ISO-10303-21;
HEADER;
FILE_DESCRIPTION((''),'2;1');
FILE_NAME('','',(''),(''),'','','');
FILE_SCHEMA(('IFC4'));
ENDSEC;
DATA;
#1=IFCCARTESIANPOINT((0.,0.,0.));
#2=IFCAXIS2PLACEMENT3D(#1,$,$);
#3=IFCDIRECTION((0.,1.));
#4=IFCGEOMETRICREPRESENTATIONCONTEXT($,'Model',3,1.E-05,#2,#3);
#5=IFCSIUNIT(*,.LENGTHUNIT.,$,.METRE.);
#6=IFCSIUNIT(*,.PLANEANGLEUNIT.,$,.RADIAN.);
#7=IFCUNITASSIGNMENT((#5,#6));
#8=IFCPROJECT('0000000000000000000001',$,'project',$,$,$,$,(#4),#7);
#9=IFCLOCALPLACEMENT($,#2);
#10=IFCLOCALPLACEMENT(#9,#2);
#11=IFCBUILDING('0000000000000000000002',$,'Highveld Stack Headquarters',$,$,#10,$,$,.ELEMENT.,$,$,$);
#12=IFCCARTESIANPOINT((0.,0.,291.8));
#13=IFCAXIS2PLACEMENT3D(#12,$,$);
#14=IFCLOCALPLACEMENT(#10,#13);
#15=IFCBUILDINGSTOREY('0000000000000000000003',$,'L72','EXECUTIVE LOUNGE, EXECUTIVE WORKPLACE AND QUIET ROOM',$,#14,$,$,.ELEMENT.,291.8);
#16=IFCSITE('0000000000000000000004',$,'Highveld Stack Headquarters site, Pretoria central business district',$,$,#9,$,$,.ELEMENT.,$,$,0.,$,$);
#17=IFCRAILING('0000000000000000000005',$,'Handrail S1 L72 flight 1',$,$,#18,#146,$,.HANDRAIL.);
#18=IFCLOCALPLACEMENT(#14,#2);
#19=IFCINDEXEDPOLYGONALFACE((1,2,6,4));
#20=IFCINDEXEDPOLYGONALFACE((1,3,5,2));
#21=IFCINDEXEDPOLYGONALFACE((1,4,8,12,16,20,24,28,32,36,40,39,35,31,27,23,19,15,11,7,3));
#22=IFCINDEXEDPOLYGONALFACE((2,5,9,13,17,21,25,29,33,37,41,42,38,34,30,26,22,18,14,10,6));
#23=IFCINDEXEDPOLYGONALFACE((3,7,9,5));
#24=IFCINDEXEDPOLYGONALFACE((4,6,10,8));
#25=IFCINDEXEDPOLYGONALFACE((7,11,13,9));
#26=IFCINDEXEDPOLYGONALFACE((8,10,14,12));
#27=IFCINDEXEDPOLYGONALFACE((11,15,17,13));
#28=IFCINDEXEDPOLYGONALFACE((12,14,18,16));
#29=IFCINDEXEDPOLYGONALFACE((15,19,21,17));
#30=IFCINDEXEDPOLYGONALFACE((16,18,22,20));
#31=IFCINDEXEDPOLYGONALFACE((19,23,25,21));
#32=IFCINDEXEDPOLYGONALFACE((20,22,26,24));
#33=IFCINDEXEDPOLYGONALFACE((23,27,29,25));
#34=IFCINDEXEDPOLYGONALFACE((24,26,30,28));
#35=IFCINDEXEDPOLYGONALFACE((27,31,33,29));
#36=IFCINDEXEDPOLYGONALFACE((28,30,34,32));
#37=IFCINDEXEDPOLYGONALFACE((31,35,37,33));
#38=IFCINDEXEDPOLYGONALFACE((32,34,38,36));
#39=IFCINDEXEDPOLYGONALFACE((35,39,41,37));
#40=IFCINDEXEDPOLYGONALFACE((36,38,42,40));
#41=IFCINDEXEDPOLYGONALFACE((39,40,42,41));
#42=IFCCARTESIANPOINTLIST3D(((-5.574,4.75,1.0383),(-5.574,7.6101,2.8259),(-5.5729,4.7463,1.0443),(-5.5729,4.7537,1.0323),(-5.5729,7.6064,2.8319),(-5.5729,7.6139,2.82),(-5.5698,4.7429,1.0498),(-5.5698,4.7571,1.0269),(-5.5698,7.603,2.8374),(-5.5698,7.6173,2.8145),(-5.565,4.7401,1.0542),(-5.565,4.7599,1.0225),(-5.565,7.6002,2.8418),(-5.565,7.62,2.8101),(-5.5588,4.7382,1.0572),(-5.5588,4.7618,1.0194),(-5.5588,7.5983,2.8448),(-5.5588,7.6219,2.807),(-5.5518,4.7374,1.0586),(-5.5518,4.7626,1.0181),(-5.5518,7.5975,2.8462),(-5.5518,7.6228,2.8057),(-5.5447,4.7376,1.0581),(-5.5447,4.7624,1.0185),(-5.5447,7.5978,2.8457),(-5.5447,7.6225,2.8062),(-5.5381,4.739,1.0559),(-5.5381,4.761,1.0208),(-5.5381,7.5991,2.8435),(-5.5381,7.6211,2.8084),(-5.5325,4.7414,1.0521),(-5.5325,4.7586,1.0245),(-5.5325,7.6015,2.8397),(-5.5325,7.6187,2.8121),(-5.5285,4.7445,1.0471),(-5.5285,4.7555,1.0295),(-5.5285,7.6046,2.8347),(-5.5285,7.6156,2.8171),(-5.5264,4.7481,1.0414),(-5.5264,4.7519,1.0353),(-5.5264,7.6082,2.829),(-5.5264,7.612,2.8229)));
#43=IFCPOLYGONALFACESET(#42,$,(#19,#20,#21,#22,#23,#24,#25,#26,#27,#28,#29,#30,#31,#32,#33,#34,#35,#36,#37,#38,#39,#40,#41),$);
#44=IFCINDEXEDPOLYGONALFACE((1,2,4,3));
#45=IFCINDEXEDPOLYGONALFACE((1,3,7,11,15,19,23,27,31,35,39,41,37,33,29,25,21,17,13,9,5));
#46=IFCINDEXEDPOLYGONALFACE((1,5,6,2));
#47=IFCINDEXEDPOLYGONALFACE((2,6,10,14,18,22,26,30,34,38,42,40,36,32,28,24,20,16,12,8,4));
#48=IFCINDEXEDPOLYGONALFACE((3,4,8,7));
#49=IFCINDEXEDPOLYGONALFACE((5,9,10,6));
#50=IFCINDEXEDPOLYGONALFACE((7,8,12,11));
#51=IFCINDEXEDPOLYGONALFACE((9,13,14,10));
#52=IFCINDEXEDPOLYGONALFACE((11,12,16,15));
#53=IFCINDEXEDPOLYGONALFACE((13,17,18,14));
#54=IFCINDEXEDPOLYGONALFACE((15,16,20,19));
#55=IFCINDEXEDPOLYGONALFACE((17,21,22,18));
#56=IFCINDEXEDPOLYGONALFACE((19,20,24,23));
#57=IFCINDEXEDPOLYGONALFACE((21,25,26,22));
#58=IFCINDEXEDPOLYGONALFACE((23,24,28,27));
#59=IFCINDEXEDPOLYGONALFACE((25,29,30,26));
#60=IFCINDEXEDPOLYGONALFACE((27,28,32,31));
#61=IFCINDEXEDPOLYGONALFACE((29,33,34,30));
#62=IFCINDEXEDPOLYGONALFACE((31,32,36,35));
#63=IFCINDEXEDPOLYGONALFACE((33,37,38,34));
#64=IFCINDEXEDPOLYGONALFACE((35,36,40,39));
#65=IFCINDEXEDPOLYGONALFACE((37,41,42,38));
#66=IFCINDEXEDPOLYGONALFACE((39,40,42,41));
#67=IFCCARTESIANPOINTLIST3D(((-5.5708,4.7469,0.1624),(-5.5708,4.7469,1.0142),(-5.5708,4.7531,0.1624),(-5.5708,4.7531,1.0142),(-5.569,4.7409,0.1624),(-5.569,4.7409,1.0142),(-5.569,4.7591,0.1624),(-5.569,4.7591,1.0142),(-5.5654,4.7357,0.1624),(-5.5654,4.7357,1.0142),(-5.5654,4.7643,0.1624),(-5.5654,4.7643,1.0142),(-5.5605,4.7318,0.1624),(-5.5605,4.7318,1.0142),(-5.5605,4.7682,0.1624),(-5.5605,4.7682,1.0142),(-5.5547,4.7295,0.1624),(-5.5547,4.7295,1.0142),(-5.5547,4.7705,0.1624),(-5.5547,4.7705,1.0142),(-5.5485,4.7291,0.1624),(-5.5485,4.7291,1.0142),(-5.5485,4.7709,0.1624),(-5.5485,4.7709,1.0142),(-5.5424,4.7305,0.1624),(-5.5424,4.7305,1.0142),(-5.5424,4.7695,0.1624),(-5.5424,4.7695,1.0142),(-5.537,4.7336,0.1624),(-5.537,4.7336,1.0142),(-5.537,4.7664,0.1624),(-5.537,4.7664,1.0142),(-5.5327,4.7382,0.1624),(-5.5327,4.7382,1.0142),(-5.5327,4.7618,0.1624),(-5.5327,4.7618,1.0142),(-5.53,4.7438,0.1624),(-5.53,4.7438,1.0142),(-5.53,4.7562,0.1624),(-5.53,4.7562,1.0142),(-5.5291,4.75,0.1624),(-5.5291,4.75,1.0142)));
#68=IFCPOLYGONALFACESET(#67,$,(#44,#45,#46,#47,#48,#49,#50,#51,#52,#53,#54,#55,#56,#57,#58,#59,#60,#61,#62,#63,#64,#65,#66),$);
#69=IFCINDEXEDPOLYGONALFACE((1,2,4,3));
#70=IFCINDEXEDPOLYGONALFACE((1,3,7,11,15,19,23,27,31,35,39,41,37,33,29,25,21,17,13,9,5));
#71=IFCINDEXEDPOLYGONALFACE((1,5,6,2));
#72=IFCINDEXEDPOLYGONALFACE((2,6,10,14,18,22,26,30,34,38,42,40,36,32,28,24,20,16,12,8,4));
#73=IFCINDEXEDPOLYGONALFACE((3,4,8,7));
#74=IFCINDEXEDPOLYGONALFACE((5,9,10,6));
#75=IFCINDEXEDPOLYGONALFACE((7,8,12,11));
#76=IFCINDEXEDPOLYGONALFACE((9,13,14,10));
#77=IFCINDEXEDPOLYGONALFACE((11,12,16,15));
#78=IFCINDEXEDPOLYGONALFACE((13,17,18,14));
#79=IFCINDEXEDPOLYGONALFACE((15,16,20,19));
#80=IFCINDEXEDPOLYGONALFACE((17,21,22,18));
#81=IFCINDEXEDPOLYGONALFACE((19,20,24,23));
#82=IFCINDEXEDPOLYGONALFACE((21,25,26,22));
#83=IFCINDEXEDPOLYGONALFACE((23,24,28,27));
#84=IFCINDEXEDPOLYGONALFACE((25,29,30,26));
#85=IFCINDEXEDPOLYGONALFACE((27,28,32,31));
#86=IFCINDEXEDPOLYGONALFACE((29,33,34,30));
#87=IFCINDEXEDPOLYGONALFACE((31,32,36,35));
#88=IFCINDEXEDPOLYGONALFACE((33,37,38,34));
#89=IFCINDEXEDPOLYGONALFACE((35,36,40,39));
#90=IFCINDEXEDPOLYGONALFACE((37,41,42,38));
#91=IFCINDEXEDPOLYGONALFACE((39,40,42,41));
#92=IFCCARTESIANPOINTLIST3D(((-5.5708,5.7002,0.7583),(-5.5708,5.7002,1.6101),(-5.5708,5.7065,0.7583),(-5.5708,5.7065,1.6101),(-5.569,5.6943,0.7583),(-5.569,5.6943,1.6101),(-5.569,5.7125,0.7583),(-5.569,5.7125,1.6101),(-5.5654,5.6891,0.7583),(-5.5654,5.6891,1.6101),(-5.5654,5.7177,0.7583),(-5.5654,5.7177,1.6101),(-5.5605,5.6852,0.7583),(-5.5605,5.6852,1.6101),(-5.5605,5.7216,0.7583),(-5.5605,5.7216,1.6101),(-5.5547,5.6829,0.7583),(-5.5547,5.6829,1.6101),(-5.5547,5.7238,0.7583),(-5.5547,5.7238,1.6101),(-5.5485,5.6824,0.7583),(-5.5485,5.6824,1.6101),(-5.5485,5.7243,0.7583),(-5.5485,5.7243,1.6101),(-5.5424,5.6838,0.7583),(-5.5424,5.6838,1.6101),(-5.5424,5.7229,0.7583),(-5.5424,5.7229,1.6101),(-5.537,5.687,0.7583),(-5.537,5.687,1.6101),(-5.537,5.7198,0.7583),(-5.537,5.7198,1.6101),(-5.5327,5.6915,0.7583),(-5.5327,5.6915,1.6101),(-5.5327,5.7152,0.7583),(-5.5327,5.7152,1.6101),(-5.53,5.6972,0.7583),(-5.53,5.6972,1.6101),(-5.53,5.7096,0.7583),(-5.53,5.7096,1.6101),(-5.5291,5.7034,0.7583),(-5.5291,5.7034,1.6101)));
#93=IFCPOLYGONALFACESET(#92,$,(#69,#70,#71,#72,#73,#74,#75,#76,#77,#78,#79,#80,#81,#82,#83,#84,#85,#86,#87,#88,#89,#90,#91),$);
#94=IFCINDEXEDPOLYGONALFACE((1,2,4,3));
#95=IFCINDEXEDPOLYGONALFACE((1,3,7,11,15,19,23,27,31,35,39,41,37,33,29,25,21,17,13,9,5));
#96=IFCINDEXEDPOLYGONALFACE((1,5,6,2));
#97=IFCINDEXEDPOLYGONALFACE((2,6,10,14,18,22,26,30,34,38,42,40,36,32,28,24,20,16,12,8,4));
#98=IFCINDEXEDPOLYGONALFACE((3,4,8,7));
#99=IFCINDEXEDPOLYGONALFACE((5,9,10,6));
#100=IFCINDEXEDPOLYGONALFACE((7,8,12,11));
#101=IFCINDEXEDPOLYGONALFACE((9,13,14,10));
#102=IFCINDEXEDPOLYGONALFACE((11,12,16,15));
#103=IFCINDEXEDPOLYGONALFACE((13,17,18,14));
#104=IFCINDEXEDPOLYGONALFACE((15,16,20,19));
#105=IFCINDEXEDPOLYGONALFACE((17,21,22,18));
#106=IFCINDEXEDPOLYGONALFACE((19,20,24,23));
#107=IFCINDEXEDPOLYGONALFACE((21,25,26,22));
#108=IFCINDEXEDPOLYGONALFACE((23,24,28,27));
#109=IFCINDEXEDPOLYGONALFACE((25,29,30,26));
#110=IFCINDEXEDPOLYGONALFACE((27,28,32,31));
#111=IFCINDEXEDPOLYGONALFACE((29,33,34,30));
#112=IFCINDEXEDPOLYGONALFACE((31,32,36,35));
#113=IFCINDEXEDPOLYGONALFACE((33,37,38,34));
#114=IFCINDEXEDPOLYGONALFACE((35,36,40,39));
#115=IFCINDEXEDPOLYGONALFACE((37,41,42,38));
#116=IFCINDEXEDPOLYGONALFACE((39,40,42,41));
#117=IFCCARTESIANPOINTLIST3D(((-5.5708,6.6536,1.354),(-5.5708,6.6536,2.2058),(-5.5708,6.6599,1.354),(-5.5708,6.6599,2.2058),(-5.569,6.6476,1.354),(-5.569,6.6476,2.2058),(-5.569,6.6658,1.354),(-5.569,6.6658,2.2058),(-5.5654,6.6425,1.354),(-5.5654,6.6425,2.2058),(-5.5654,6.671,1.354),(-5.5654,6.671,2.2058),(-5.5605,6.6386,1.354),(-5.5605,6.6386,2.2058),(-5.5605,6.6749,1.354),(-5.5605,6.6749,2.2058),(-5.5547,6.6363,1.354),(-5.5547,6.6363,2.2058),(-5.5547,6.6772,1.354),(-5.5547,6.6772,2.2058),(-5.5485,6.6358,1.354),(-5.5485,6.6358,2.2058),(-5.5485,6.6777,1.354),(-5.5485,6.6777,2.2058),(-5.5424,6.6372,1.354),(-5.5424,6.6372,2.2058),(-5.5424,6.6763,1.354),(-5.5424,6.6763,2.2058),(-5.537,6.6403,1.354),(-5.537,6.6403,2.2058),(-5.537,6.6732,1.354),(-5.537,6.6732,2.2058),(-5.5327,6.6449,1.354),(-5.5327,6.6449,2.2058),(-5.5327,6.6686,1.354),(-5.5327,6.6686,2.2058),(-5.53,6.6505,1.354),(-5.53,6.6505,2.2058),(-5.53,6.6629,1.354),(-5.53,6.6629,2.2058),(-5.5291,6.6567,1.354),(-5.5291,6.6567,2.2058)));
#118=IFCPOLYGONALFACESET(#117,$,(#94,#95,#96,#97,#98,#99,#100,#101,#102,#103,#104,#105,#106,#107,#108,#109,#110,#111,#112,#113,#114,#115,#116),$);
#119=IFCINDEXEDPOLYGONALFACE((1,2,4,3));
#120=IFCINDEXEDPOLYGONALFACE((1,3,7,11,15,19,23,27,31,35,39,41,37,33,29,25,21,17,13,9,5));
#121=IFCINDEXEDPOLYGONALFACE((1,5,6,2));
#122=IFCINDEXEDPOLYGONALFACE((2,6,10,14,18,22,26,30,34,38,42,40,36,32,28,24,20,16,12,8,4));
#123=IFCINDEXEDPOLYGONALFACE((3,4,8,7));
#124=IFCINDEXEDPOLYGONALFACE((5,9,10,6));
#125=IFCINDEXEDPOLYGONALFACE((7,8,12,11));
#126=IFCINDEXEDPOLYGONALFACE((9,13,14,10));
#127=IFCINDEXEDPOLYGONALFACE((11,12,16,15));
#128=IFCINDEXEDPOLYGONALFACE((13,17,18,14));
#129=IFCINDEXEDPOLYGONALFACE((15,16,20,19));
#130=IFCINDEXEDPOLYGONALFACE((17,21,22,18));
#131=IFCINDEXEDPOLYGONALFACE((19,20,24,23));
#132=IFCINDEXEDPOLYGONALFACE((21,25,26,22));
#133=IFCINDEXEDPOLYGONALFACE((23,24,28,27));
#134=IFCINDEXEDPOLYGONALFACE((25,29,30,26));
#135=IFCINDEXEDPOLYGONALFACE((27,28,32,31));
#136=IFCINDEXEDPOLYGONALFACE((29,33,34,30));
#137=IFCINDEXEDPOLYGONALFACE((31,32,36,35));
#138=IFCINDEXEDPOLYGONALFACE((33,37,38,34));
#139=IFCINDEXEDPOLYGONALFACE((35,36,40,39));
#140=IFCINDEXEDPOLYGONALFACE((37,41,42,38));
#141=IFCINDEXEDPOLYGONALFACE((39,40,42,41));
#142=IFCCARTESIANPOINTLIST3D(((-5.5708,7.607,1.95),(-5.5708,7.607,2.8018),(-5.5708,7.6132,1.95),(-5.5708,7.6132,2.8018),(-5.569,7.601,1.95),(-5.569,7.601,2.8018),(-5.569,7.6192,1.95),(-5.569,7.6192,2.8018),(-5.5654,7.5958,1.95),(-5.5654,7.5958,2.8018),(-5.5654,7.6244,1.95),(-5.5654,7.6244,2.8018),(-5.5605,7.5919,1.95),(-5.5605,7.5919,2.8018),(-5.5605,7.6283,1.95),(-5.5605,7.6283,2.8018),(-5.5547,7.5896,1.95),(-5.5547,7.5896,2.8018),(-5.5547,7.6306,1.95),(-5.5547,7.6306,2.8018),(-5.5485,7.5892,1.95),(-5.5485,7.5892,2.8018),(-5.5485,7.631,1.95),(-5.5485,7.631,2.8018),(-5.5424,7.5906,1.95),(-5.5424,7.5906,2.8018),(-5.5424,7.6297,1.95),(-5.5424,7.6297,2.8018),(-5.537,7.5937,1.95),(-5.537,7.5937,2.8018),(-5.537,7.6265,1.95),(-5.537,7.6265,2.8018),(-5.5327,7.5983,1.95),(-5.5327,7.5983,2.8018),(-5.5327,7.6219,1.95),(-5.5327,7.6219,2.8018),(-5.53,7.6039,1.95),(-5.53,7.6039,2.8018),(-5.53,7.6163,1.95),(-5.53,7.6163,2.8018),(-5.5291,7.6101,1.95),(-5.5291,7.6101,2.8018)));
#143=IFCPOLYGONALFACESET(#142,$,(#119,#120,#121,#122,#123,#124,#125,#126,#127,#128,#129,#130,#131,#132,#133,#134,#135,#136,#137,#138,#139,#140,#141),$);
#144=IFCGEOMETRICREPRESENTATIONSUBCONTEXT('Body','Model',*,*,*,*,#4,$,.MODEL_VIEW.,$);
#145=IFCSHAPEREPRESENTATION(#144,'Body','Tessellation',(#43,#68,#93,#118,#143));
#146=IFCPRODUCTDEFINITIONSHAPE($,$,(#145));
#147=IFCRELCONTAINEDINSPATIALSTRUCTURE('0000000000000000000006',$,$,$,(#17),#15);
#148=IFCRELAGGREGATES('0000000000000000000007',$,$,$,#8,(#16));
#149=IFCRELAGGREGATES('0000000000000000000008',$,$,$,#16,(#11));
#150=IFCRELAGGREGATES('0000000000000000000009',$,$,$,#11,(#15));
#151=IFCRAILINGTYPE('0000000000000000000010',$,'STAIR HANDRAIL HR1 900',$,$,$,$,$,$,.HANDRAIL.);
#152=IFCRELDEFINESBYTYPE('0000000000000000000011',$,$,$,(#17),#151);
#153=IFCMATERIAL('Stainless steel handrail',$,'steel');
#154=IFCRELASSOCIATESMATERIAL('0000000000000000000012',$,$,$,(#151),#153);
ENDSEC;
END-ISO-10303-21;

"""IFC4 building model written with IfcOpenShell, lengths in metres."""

from ifc_helpers import new_model, si_unit, direction, frame, origin, origin_2d, place, context, subcontext, project, spatial, circle, extrude, material, type_object, element, save


model = new_model("IFC4")

# Units and contexts
model_context = context("Model", 3, precision=1e-05, world=origin(), true_north=direction((0.0, 1.0)))
body_context = subcontext(model_context, "Body", "Model", "MODEL_VIEW")
ifc_project = project(units=[si_unit("LENGTHUNIT", "METRE"), si_unit("PLANEANGLEUNIT", "RADIAN")], contexts=[model_context])

# Site, building, storey
site_placement = place(None, origin())
site = spatial("IfcSite", under=ifc_project, at=site_placement, Name="Highveld Stack Headquarters site, Pretoria central business district", CompositionType="ELEMENT", RefElevation=0.0)
building_placement = place(site_placement, origin())
building = spatial("IfcBuilding", under=site, at=building_placement, Name="Highveld Stack Headquarters", CompositionType="ELEMENT")
storey_placement = place(building_placement, frame((0.0, 0.0, 291.8)))
storey = spatial("IfcBuildingStorey", under=building, at=storey_placement, Name="L72", Description="EXECUTIVE LOUNGE, EXECUTIVE WORKPLACE AND QUIET ROOM", CompositionType="ELEMENT", Elevation=291.8)

# Railing
ifc_material_1 = material(Name="Stainless steel handrail", Category="steel")
railing_type = type_object("IfcRailingType", Name="STAIR HANDRAIL HR1 900", PredefinedType="HANDRAIL", material=ifc_material_1)
for number, where, name in (
    (1, (-5.55, 4.75, 0.1624), "Handrail S1 L72 flight 1"),
):
    element("IfcRailing", number, at=place(storey_placement, frame(where)), inside=storey, type_object=railing_type, Name=name, PredefinedType="HANDRAIL", context=body_context, shape_type="SweptSolid", body=[
        extrude(circle(Radius=0.0239, at=origin_2d()), frame((0.0, 0.0, 0.876), z_axis=(0.0, 0.847994, 0.530005), x_axis=(-1.0, 0.0, 0.0)), (0.0, 0.0, 1.0), 3.3728),
        extrude(circle(Radius=0.021, at=origin_2d()), origin(), (0.0, 0.0, 1.0), 0.8518),
        extrude(circle(Radius=0.021, at=origin_2d()), frame((0.0, 0.9534, 0.5959)), (0.0, 0.0, 1.0), 0.8518),
        extrude(circle(Radius=0.021, at=origin_2d()), frame((0.0, 1.9067, 1.1917)), (0.0, 0.0, 1.0), 0.8518),
        extrude(circle(Radius=0.021, at=origin_2d()), frame((0.0, 2.8601, 1.7876)), (0.0, 0.0, 1.0), 0.8518),
    ])

save(model, "model.ifc")
